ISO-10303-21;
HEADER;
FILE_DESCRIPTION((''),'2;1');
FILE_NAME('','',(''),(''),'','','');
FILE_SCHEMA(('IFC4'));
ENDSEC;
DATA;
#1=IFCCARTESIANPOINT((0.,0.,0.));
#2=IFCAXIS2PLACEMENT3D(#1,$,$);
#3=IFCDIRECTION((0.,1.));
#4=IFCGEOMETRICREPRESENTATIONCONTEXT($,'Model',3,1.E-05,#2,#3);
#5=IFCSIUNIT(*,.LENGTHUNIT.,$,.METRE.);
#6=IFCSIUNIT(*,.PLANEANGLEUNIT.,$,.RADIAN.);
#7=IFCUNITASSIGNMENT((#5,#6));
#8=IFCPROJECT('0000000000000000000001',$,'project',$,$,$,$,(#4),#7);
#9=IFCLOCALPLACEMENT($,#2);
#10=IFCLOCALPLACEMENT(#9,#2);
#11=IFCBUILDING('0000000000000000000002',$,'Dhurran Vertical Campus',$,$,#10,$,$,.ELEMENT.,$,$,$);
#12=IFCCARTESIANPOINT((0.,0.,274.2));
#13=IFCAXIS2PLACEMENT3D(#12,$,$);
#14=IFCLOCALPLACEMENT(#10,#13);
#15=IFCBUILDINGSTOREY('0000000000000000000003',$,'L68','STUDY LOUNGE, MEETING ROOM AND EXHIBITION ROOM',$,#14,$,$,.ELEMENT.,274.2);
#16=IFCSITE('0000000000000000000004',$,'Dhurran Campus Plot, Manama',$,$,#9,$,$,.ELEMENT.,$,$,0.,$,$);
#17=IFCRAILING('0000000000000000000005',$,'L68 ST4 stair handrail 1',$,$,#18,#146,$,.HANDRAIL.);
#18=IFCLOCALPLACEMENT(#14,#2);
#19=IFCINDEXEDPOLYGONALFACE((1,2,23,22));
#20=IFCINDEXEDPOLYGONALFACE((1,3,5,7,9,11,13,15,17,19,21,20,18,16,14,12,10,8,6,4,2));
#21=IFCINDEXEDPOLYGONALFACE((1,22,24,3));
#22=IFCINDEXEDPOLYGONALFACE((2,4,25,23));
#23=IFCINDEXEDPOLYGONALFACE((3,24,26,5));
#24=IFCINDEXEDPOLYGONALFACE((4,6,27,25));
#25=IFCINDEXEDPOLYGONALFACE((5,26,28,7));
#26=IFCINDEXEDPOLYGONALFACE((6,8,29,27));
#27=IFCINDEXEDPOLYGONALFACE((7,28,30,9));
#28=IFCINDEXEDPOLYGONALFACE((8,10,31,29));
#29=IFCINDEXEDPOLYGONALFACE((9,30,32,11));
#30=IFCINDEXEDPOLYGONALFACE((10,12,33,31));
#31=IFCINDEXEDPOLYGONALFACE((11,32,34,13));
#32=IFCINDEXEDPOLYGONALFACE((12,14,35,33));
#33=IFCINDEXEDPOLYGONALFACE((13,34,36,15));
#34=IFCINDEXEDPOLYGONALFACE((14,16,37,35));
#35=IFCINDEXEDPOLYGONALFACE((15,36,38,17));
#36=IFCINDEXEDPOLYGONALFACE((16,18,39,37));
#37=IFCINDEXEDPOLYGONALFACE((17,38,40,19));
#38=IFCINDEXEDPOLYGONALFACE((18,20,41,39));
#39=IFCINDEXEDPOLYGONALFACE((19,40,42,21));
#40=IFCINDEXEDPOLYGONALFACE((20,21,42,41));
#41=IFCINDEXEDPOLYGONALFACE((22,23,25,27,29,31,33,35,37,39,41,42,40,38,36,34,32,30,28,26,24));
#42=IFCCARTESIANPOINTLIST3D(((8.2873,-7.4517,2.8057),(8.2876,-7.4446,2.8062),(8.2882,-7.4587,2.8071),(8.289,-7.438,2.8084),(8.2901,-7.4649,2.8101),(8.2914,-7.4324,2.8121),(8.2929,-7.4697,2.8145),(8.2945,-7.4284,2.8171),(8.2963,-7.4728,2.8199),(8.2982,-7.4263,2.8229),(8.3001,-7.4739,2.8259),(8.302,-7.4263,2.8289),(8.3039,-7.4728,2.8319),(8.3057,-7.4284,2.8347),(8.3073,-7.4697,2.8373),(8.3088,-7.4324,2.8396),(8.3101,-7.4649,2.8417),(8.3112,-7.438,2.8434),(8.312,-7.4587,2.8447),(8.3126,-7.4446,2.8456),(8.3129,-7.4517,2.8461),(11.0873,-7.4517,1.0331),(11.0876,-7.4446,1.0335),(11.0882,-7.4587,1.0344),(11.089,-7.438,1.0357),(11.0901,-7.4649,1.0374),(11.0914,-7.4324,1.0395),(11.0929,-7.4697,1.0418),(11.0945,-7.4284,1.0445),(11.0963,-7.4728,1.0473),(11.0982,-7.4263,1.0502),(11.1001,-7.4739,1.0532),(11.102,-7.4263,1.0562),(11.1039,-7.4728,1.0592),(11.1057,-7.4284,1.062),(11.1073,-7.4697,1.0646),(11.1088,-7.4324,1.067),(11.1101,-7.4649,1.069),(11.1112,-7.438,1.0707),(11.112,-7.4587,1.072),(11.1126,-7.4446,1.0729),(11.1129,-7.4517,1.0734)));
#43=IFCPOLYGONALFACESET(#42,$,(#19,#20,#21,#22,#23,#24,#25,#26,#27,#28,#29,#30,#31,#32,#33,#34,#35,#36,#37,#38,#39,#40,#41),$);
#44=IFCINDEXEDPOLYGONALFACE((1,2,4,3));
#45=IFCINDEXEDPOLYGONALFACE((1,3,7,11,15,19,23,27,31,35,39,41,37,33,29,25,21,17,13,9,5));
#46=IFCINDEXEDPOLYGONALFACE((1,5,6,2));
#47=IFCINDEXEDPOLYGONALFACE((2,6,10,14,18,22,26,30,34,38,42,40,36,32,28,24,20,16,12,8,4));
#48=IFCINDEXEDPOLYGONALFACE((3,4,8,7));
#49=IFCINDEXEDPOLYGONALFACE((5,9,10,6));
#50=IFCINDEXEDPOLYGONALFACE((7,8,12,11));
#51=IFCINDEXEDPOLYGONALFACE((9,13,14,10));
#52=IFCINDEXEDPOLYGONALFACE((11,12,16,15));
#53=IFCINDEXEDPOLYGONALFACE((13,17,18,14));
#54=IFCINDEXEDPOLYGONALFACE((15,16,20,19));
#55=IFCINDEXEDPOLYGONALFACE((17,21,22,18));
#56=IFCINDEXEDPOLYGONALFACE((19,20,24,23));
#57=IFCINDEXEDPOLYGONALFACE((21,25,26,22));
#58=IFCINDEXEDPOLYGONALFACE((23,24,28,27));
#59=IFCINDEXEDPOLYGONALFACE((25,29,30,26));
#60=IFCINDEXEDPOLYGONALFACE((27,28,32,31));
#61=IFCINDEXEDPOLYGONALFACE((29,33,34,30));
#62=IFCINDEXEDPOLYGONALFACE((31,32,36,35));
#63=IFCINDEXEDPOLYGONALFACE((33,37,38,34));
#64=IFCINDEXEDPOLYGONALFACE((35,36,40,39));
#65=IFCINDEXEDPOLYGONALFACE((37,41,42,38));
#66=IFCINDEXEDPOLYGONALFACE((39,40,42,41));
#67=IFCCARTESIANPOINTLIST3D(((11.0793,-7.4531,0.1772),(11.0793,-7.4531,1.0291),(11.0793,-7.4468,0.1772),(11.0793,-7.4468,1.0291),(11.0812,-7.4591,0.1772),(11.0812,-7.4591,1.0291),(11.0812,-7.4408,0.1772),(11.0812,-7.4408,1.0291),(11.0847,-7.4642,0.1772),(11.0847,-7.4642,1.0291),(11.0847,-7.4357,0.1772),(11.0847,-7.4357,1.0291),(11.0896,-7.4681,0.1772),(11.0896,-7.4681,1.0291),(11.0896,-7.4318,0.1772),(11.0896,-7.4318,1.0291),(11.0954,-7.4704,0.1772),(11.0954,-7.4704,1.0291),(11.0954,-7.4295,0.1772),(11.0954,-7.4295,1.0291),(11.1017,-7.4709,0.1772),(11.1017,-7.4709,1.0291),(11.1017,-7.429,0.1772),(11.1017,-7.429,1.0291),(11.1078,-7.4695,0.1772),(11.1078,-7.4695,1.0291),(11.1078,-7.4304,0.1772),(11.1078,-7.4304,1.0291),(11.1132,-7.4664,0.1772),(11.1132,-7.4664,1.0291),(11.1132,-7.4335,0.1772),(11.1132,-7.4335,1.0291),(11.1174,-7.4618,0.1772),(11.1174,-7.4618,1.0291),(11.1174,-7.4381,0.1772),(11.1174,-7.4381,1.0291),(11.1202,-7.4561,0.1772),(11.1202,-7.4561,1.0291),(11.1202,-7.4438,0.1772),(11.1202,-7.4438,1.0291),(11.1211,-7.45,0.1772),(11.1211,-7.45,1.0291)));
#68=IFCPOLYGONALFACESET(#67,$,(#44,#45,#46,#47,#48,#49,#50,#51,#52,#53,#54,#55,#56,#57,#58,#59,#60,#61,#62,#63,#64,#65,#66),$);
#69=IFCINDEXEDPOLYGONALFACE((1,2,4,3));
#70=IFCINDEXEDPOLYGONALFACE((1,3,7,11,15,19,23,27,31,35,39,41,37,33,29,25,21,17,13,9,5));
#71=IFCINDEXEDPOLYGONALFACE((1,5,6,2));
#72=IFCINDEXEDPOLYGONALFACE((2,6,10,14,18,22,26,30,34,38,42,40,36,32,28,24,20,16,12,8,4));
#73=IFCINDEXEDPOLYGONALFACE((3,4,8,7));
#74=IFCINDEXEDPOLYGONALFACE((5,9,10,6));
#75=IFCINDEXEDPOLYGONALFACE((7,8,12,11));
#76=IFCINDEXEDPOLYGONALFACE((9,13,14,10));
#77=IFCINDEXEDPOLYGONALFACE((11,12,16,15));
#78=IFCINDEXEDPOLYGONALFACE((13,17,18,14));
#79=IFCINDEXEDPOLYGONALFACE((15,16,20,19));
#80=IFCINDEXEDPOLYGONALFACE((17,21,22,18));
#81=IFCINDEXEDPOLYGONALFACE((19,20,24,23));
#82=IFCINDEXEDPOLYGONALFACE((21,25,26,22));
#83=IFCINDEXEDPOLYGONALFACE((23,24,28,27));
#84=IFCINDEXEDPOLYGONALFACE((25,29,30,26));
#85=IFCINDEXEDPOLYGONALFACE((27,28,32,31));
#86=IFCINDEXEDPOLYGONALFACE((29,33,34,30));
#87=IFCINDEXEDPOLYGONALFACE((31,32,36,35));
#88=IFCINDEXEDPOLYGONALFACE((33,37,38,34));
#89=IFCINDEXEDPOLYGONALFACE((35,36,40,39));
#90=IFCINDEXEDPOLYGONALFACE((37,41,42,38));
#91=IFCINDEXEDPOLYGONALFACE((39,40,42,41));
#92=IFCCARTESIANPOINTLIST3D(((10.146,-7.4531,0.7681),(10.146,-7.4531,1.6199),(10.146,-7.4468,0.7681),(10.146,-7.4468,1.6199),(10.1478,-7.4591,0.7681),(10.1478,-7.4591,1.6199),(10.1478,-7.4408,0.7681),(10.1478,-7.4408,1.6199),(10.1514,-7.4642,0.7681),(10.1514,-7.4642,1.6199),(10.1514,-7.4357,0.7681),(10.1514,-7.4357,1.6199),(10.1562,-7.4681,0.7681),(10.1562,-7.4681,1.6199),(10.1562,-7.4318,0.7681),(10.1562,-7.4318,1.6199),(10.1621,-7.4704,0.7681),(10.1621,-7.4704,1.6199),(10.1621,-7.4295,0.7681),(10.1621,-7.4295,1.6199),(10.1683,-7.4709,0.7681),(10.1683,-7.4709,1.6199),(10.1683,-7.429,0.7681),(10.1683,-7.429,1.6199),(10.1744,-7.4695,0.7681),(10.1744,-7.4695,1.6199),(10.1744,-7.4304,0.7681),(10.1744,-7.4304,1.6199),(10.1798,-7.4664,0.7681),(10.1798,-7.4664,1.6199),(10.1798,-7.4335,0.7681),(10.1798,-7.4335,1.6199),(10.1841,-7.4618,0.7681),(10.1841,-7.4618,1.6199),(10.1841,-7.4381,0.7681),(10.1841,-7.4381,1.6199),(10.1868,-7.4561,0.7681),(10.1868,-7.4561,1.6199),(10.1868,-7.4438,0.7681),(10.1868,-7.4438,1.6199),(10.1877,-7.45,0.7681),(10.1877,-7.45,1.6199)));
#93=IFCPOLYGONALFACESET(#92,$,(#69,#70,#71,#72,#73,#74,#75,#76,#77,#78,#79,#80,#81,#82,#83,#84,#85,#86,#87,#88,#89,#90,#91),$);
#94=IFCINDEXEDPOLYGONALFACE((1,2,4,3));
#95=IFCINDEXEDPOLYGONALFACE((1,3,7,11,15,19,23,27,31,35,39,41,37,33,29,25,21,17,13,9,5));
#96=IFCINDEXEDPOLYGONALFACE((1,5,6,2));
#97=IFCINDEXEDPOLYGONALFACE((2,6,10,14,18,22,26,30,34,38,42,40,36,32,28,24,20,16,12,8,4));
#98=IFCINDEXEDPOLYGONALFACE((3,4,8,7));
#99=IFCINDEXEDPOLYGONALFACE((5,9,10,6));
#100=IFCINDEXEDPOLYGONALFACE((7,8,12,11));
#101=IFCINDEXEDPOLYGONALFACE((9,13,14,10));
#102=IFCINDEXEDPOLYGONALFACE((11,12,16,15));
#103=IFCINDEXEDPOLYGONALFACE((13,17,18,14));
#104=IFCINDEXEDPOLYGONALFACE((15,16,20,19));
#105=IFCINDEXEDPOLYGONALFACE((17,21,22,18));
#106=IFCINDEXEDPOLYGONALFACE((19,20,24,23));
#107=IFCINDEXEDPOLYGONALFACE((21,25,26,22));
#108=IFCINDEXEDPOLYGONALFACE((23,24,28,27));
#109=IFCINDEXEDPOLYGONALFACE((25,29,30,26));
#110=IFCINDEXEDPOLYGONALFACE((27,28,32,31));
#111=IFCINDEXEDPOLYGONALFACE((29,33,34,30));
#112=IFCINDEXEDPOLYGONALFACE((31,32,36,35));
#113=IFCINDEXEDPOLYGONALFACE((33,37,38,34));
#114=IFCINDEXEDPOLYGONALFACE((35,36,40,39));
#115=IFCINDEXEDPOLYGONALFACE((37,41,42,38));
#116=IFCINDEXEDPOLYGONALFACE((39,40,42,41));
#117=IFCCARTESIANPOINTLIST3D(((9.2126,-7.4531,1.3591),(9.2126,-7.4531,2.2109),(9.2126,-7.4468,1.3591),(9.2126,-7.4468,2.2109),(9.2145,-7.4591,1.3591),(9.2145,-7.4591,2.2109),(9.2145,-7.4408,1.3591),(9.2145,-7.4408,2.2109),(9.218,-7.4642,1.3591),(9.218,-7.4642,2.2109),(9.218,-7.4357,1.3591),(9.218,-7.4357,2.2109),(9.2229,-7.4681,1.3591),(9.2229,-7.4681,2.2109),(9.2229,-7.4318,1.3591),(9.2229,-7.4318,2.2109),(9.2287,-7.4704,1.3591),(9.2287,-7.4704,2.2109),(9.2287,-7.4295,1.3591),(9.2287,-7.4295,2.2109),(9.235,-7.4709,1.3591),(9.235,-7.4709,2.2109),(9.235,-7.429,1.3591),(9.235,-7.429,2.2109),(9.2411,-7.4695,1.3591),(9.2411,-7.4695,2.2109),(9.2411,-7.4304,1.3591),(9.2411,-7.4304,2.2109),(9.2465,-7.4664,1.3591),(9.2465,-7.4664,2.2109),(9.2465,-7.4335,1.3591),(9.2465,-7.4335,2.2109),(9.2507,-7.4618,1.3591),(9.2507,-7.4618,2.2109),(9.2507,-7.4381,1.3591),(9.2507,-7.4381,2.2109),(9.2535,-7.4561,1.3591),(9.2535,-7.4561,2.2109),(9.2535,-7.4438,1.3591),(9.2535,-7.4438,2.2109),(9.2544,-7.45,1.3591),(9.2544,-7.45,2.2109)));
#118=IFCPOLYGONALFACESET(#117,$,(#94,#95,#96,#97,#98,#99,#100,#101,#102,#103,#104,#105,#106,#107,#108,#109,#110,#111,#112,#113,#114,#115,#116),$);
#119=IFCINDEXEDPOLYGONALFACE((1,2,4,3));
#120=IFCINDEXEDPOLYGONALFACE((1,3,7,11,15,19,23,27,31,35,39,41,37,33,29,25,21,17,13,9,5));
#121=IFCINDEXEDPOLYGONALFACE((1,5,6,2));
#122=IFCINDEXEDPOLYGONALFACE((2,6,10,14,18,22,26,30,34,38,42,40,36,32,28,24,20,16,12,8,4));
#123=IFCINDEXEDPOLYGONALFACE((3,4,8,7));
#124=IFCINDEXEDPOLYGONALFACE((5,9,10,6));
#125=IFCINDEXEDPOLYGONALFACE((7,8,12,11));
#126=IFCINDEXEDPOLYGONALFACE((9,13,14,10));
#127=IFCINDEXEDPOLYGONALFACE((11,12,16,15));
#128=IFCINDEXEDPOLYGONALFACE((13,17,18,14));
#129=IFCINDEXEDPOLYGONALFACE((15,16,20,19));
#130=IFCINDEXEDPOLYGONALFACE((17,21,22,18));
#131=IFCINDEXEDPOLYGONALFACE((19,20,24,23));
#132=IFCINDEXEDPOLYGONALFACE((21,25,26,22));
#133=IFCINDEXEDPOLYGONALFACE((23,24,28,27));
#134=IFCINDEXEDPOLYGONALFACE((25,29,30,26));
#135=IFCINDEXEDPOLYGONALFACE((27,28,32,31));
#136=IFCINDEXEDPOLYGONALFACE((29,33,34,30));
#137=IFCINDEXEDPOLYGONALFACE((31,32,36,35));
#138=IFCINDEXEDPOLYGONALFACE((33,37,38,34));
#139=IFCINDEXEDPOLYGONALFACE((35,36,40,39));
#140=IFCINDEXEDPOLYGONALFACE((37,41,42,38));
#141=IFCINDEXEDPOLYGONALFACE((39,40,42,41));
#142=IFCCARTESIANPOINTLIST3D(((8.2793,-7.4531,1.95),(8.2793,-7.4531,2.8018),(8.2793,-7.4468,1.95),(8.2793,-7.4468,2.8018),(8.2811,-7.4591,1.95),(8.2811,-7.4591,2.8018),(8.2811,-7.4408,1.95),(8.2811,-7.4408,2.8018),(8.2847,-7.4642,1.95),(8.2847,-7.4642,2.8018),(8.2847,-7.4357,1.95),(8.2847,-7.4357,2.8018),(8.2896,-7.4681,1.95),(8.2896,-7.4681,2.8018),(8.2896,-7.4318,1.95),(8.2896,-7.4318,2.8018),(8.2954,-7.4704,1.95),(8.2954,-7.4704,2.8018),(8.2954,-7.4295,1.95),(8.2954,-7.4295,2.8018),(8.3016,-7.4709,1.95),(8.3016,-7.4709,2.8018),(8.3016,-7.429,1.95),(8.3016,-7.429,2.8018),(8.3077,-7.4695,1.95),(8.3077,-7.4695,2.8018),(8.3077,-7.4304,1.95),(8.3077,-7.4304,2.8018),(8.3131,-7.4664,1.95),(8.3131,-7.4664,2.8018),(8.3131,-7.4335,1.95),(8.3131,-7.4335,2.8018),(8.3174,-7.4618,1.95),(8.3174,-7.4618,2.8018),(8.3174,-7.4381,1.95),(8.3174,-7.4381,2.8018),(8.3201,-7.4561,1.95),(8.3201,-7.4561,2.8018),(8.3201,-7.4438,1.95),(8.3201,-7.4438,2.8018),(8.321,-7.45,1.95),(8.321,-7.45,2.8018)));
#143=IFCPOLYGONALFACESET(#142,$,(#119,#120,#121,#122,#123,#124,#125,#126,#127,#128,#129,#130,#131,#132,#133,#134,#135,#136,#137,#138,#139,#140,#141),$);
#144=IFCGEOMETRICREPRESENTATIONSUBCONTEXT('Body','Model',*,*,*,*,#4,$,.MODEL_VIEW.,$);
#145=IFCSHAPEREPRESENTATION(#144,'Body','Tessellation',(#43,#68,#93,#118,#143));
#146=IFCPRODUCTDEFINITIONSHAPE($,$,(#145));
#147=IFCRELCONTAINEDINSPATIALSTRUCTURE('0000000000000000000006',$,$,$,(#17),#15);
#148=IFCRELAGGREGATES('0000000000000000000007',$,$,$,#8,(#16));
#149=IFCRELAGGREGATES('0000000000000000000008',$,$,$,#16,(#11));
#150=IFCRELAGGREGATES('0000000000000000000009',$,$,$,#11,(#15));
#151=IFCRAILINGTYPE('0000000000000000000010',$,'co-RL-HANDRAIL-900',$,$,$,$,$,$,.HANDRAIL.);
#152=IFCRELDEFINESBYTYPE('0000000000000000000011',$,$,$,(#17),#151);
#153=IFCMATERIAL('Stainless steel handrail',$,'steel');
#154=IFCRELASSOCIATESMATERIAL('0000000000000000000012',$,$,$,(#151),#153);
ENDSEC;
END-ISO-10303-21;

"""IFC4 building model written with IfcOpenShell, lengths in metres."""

from ifc_helpers import new_model, si_unit, direction, frame, origin, origin_2d, place, context, subcontext, project, spatial, circle, extrude, material, type_object, element, save


model = new_model("IFC4")

# Units and contexts
model_context = context("Model", 3, precision=1e-05, world=origin(), true_north=direction((0.0, 1.0)))
body_context = subcontext(model_context, "Body", "Model", "MODEL_VIEW")
ifc_project = project(units=[si_unit("LENGTHUNIT", "METRE"), si_unit("PLANEANGLEUNIT", "RADIAN")], contexts=[model_context])

# Site, building, storey
site_placement = place(None, origin())
site = spatial("IfcSite", under=ifc_project, at=site_placement, Name="Dhurran Campus Plot, Manama", CompositionType="ELEMENT", RefElevation=0.0)
building_placement = place(site_placement, origin())
building = spatial("IfcBuilding", under=site, at=building_placement, Name="Dhurran Vertical Campus", CompositionType="ELEMENT")
storey_placement = place(building_placement, frame((0.0, 0.0, 274.2)))
storey = spatial("IfcBuildingStorey", under=building, at=storey_placement, Name="L68", Description="STUDY LOUNGE, MEETING ROOM AND EXHIBITION ROOM", CompositionType="ELEMENT", Elevation=274.2)

# Railing
ifc_material_1 = material(Name="Stainless steel handrail", Category="steel")
railing_type_1 = type_object("IfcRailingType", Name="co-RL-HANDRAIL-900", PredefinedType="HANDRAIL", material=ifc_material_1)
railing_1_placement = place(storey_placement, frame((11.1001, -7.45, 0.1772)))
element("IfcRailing", 1, at=railing_1_placement, inside=storey, type_object=railing_type_1, Name="L68 ST4 stair handrail 1", PredefinedType="HANDRAIL", context=body_context, shape_type="SweptSolid", body=[
    extrude(circle(Radius=0.0239, at=origin_2d()), frame((0.0, 0.0, 0.876), z_axis=(-0.844909, 0.0, 0.53491), x_axis=(0.0, -1.0, 0.0)), (0.0, 0.0, 1.0), 3.314),
    extrude(circle(Radius=0.021, at=origin_2d()), origin(), (0.0, 0.0, 1.0), 0.8518),
    extrude(circle(Radius=0.021, at=origin_2d()), frame((-0.9333, 0.0, 0.5908)), (0.0, 0.0, 1.0), 0.8518),
    extrude(circle(Radius=0.021, at=origin_2d()), frame((-1.8667, 0.0, 1.1819)), (0.0, 0.0, 1.0), 0.8518),
    extrude(circle(Radius=0.021, at=origin_2d()), frame((-2.8, 0.0, 1.7727)), (0.0, 0.0, 1.0), 0.8518),
])

save(model, "model.ifc")
